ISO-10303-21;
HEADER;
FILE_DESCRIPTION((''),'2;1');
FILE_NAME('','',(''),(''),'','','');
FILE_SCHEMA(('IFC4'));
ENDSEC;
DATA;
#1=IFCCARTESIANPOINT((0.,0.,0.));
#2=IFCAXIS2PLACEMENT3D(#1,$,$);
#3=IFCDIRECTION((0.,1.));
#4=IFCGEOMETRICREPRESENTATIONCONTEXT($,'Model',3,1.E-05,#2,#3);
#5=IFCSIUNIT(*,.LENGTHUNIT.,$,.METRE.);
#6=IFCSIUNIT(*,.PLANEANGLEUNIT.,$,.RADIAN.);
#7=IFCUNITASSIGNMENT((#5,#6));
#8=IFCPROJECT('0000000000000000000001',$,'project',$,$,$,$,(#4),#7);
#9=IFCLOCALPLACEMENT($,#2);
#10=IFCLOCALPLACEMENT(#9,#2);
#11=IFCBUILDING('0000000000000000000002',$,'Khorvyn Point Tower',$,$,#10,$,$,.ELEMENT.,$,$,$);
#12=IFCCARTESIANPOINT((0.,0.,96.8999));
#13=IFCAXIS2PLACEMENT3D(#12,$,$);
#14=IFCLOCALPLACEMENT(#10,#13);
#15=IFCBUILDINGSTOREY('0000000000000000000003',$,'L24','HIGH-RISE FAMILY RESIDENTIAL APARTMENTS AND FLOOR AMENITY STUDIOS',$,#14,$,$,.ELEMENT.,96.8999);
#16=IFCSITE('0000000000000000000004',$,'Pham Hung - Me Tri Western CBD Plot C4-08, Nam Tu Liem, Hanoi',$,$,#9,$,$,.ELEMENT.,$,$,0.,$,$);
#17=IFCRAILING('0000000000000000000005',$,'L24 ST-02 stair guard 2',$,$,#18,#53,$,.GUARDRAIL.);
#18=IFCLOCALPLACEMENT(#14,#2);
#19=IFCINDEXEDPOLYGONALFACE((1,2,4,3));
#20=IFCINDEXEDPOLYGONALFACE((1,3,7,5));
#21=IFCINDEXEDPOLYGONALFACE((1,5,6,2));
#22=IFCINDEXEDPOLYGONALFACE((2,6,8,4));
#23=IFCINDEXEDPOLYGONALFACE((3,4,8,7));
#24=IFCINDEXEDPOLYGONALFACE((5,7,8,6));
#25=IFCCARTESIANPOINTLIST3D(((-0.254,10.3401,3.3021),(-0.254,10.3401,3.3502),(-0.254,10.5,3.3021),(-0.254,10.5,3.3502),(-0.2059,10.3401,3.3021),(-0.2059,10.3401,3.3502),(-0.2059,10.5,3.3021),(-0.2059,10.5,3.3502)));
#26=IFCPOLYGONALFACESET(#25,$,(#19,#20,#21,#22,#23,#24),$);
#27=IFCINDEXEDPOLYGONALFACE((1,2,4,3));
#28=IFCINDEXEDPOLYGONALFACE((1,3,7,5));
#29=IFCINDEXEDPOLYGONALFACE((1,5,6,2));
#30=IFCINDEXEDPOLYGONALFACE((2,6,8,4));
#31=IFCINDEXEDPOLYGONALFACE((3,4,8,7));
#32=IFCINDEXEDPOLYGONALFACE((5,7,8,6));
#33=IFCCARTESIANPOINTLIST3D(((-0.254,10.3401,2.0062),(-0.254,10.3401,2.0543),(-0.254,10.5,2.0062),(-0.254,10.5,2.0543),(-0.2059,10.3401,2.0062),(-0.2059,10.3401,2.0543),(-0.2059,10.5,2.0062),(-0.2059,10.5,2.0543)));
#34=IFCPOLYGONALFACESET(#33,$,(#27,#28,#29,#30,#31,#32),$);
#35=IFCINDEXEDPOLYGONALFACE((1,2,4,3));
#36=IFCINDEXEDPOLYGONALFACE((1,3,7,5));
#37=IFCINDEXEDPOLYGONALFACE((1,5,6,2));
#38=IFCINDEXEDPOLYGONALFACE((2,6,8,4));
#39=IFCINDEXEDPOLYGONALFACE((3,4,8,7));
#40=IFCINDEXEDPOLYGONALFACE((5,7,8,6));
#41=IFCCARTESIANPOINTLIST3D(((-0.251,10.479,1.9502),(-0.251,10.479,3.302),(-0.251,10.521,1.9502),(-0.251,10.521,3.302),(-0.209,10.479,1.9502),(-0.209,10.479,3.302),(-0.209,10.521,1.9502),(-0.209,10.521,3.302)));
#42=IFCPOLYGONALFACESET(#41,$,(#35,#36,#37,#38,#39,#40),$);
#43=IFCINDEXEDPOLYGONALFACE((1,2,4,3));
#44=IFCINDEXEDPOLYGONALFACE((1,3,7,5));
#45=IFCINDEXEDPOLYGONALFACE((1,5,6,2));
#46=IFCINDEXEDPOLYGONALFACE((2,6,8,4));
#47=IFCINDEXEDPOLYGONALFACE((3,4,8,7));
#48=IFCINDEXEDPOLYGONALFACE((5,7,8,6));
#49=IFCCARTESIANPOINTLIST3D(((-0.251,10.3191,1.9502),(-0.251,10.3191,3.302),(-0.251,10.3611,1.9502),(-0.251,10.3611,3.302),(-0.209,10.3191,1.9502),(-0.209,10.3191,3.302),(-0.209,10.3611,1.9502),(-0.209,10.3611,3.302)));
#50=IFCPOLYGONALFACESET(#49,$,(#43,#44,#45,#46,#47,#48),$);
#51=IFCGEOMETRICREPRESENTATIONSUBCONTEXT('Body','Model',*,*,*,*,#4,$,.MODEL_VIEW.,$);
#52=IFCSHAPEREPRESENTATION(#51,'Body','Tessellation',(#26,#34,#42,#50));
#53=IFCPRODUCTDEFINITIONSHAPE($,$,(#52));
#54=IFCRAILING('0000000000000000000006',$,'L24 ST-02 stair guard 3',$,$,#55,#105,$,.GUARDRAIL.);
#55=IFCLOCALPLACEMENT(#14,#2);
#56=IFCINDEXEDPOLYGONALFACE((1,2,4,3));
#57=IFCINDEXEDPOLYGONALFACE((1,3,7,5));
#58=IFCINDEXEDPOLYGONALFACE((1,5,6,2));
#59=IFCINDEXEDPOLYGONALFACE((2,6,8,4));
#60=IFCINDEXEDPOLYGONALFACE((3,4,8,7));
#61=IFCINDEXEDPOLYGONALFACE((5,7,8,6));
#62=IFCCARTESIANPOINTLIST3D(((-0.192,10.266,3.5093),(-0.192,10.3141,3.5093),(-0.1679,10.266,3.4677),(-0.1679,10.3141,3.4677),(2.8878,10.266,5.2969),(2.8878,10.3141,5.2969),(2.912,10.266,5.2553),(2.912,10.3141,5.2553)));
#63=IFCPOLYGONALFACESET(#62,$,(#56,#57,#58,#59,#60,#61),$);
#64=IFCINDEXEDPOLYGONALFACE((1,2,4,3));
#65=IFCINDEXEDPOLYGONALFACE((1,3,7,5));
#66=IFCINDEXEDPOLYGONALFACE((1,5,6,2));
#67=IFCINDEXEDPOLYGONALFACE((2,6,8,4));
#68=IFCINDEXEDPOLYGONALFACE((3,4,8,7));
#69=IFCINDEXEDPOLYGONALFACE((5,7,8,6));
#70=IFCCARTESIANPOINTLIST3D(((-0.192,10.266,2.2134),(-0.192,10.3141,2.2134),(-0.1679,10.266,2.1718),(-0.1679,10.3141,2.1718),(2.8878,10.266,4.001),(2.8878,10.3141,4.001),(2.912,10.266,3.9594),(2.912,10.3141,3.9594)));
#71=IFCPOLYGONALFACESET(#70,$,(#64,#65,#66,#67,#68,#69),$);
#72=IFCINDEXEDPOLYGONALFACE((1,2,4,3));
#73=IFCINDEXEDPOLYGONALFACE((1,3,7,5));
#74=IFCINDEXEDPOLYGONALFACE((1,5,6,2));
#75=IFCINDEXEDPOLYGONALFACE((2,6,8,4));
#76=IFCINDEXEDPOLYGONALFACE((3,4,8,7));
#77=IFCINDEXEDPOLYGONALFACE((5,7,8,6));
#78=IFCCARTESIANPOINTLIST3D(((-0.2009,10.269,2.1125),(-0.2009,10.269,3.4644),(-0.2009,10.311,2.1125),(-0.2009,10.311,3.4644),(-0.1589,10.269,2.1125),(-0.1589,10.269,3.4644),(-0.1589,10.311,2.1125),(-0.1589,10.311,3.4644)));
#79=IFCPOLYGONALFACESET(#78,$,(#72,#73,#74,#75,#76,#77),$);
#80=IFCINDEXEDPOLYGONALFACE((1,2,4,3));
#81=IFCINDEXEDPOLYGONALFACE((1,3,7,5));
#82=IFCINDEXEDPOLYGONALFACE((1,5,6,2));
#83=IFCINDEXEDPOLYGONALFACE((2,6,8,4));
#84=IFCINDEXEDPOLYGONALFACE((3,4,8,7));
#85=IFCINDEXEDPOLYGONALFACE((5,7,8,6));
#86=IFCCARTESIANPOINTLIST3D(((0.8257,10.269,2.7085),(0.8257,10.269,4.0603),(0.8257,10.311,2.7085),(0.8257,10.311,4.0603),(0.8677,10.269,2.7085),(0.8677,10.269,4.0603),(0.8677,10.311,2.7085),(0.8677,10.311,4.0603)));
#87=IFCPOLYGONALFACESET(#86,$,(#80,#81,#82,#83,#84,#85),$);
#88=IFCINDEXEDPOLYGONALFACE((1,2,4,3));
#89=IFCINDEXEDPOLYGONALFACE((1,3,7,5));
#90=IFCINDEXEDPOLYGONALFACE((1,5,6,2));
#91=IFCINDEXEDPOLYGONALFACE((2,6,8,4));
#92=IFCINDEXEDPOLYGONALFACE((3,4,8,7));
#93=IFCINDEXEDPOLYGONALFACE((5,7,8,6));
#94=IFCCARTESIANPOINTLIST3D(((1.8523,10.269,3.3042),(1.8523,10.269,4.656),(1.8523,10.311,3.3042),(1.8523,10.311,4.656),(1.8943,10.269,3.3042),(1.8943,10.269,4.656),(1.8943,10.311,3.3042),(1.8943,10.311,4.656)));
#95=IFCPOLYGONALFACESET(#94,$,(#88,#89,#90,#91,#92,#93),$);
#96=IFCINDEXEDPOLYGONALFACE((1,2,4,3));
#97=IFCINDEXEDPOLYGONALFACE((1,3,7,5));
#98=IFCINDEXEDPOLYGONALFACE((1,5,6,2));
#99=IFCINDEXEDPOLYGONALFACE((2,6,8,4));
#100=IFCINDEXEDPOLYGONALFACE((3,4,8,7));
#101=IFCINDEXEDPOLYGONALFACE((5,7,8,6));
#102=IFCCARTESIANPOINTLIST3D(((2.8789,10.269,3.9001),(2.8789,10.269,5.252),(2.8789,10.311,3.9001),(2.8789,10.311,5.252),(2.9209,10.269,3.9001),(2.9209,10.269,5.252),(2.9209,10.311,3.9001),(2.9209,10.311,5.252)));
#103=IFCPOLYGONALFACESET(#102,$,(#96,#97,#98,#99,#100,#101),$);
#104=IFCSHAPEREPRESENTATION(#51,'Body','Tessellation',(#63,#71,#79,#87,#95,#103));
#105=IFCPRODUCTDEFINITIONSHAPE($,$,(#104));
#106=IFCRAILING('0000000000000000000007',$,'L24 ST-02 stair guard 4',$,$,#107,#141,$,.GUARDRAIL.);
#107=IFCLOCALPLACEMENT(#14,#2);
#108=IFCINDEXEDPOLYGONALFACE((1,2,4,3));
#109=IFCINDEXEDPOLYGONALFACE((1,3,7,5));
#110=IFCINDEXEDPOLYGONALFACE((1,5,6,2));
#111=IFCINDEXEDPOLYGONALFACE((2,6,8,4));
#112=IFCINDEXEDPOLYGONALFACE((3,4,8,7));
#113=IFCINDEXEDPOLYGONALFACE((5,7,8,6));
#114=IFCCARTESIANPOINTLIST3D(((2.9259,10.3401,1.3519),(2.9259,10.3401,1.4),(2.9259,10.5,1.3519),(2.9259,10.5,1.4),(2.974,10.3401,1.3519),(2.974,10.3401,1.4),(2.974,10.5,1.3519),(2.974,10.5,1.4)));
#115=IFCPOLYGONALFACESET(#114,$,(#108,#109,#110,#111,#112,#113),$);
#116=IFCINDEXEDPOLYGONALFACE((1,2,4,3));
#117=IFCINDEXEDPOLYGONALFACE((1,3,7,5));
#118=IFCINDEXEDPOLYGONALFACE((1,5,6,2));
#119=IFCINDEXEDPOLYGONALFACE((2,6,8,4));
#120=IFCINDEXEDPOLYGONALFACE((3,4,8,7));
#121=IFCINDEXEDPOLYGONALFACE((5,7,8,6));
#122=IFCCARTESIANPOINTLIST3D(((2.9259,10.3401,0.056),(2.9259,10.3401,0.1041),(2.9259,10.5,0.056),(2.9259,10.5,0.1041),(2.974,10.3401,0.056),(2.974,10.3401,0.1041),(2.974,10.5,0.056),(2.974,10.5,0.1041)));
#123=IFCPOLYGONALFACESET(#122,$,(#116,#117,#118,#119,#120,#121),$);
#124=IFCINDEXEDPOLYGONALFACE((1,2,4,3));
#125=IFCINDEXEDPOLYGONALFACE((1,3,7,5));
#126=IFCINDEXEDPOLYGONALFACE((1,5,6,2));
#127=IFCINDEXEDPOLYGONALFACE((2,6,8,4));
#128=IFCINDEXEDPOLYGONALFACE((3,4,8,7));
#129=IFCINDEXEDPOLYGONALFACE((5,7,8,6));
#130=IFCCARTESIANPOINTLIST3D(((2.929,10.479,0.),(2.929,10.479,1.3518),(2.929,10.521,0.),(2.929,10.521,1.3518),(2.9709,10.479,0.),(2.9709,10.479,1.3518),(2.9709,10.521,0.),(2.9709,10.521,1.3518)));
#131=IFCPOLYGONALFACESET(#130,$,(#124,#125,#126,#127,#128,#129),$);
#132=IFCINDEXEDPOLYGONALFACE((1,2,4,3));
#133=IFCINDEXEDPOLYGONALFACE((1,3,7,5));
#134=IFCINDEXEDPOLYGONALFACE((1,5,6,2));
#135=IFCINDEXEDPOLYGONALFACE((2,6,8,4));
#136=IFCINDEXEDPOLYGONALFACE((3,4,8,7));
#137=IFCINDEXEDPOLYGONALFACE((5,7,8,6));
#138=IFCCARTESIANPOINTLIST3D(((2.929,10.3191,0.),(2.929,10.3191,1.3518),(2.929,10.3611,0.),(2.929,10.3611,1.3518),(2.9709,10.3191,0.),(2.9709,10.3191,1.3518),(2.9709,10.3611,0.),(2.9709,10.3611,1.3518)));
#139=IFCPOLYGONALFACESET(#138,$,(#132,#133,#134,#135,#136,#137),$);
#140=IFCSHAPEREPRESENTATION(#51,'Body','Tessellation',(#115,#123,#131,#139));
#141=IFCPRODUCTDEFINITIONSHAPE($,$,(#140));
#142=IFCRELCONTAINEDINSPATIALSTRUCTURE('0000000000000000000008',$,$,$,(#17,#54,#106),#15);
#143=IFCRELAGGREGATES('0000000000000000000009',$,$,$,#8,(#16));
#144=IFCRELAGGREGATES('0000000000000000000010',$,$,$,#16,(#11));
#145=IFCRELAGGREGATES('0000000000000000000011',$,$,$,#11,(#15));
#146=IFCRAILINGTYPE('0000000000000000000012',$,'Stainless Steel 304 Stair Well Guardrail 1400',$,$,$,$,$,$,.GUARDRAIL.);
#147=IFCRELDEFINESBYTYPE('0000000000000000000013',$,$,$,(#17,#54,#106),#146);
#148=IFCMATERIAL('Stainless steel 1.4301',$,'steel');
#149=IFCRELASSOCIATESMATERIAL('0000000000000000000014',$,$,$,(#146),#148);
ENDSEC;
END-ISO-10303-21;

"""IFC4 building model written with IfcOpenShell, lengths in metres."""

from ifc_helpers import new_model, si_unit, direction, frame, origin, origin_2d, place, context, subcontext, project, spatial, rectangle, extrude, material, type_object, element, save


model = new_model("IFC4")

# Units and contexts
model_context = context("Model", 3, precision=1e-05, world=origin(), true_north=direction((0.0, 1.0)))
body_context = subcontext(model_context, "Body", "Model", "MODEL_VIEW")
ifc_project = project(units=[si_unit("LENGTHUNIT", "METRE"), si_unit("PLANEANGLEUNIT", "RADIAN")], contexts=[model_context])

# Site, building, storey
site_placement = place(None, origin())
site = spatial("IfcSite", under=ifc_project, at=site_placement, Name="Pham Hung - Me Tri Western CBD Plot C4-08, Nam Tu Liem, Hanoi", CompositionType="ELEMENT", RefElevation=0.0)
building_placement = place(site_placement, origin())
building = spatial("IfcBuilding", under=site, at=building_placement, Name="Khorvyn Point Tower", CompositionType="ELEMENT")
storey_placement = place(building_placement, frame((0.0, 0.0, 96.8999)))
storey = spatial("IfcBuildingStorey", under=building, at=storey_placement, Name="L24", Description="HIGH-RISE FAMILY RESIDENTIAL APARTMENTS AND FLOOR AMENITY STUDIOS", CompositionType="ELEMENT", Elevation=96.8999)

# Shared definitions
ifc_material_1 = material(Name="Stainless steel 1.4301", Category="steel")

# Railings
railing_type_1 = type_object("IfcRailingType", Name="Stainless Steel 304 Stair Well Guardrail 1400", PredefinedType="GUARDRAIL", material=ifc_material_1)
railing_1_placement = place(storey_placement, frame((-0.23, 10.5, 1.9502)))
element("IfcRailing", 1, at=railing_1_placement, inside=storey, type_object=railing_type_1, Name="L24 ST-02 stair guard 2", PredefinedType="GUARDRAIL", context=body_context, shape_type="SweptSolid", body=[
    extrude(rectangle(XDim=0.0481, YDim=0.0481, at=origin_2d()), frame((0.0, 0.0, 1.376), z_axis=(0.0, -1.0, 0.0), x_axis=(1.0, 0.0, 0.0)), (0.0, 0.0, 1.0), 0.1599),
    extrude(rectangle(XDim=0.0481, YDim=0.0481, at=origin_2d()), frame((0.0, 0.0, 0.0801), z_axis=(0.0, -1.0, 0.0), x_axis=(1.0, 0.0, 0.0)), (0.0, 0.0, 1.0), 0.1599),
    extrude(rectangle(XDim=0.042, YDim=0.042, at=origin_2d()), origin(), (0.0, 0.0, 1.0), 1.3518),
    extrude(rectangle(XDim=0.042, YDim=0.042, at=origin_2d()), frame((0.0, -0.1599, 0.0)), (0.0, 0.0, 1.0), 1.3518),
])
railing_2_placement = place(storey_placement, frame((-0.1799, 10.29, 2.1125)))
element("IfcRailing", 2, at=railing_2_placement, inside=storey, type_object=railing_type_1, Name="L24 ST-02 stair guard 3", PredefinedType="GUARDRAIL", context=body_context, shape_type="SweptSolid", body=[
    extrude(rectangle(XDim=0.0481, YDim=0.0481, at=origin_2d()), frame((0.0, 0.0, 1.376), z_axis=(0.864873, 0.0, 0.50199), x_axis=(0.0, 1.0, 0.0)), (0.0, 0.0, 1.0), 3.561),
    extrude(rectangle(XDim=0.0481, YDim=0.0481, at=origin_2d()), frame((0.0, 0.0, 0.0801), z_axis=(0.864873, 0.0, 0.50199), x_axis=(0.0, 1.0, 0.0)), (0.0, 0.0, 1.0), 3.561),
    extrude(rectangle(XDim=0.042, YDim=0.042, at=origin_2d()), origin(), (0.0, 0.0, 1.0), 1.3518),
    extrude(rectangle(XDim=0.042, YDim=0.042, at=origin_2d()), frame((1.0266, 0.0, 0.5959)), (0.0, 0.0, 1.0), 1.3518),
    extrude(rectangle(XDim=0.042, YDim=0.042, at=origin_2d()), frame((2.0532, 0.0, 1.1917)), (0.0, 0.0, 1.0), 1.3518),
    extrude(rectangle(XDim=0.042, YDim=0.042, at=origin_2d()), frame((3.0798, 0.0, 1.7876)), (0.0, 0.0, 1.0), 1.3518),
])
railing_3_placement = place(storey_placement, frame((2.95, 10.5, 0.0)))
element("IfcRailing", 3, at=railing_3_placement, inside=storey, type_object=railing_type_1, Name="L24 ST-02 stair guard 4", PredefinedType="GUARDRAIL", context=body_context, shape_type="SweptSolid", body=[
    extrude(rectangle(XDim=0.0481, YDim=0.0481, at=origin_2d()), frame((0.0, 0.0, 1.376), z_axis=(0.0, -1.0, 0.0), x_axis=(1.0, 0.0, 0.0)), (0.0, 0.0, 1.0), 0.1599),
    extrude(rectangle(XDim=0.0481, YDim=0.0481, at=origin_2d()), frame((0.0, 0.0, 0.0801), z_axis=(0.0, -1.0, 0.0), x_axis=(1.0, 0.0, 0.0)), (0.0, 0.0, 1.0), 0.1599),
    extrude(rectangle(XDim=0.042, YDim=0.042, at=origin_2d()), origin(), (0.0, 0.0, 1.0), 1.3518),
    extrude(rectangle(XDim=0.042, YDim=0.042, at=origin_2d()), frame((0.0, -0.1599, 0.0)), (0.0, 0.0, 1.0), 1.3518),
])

save(model, "model.ifc")
